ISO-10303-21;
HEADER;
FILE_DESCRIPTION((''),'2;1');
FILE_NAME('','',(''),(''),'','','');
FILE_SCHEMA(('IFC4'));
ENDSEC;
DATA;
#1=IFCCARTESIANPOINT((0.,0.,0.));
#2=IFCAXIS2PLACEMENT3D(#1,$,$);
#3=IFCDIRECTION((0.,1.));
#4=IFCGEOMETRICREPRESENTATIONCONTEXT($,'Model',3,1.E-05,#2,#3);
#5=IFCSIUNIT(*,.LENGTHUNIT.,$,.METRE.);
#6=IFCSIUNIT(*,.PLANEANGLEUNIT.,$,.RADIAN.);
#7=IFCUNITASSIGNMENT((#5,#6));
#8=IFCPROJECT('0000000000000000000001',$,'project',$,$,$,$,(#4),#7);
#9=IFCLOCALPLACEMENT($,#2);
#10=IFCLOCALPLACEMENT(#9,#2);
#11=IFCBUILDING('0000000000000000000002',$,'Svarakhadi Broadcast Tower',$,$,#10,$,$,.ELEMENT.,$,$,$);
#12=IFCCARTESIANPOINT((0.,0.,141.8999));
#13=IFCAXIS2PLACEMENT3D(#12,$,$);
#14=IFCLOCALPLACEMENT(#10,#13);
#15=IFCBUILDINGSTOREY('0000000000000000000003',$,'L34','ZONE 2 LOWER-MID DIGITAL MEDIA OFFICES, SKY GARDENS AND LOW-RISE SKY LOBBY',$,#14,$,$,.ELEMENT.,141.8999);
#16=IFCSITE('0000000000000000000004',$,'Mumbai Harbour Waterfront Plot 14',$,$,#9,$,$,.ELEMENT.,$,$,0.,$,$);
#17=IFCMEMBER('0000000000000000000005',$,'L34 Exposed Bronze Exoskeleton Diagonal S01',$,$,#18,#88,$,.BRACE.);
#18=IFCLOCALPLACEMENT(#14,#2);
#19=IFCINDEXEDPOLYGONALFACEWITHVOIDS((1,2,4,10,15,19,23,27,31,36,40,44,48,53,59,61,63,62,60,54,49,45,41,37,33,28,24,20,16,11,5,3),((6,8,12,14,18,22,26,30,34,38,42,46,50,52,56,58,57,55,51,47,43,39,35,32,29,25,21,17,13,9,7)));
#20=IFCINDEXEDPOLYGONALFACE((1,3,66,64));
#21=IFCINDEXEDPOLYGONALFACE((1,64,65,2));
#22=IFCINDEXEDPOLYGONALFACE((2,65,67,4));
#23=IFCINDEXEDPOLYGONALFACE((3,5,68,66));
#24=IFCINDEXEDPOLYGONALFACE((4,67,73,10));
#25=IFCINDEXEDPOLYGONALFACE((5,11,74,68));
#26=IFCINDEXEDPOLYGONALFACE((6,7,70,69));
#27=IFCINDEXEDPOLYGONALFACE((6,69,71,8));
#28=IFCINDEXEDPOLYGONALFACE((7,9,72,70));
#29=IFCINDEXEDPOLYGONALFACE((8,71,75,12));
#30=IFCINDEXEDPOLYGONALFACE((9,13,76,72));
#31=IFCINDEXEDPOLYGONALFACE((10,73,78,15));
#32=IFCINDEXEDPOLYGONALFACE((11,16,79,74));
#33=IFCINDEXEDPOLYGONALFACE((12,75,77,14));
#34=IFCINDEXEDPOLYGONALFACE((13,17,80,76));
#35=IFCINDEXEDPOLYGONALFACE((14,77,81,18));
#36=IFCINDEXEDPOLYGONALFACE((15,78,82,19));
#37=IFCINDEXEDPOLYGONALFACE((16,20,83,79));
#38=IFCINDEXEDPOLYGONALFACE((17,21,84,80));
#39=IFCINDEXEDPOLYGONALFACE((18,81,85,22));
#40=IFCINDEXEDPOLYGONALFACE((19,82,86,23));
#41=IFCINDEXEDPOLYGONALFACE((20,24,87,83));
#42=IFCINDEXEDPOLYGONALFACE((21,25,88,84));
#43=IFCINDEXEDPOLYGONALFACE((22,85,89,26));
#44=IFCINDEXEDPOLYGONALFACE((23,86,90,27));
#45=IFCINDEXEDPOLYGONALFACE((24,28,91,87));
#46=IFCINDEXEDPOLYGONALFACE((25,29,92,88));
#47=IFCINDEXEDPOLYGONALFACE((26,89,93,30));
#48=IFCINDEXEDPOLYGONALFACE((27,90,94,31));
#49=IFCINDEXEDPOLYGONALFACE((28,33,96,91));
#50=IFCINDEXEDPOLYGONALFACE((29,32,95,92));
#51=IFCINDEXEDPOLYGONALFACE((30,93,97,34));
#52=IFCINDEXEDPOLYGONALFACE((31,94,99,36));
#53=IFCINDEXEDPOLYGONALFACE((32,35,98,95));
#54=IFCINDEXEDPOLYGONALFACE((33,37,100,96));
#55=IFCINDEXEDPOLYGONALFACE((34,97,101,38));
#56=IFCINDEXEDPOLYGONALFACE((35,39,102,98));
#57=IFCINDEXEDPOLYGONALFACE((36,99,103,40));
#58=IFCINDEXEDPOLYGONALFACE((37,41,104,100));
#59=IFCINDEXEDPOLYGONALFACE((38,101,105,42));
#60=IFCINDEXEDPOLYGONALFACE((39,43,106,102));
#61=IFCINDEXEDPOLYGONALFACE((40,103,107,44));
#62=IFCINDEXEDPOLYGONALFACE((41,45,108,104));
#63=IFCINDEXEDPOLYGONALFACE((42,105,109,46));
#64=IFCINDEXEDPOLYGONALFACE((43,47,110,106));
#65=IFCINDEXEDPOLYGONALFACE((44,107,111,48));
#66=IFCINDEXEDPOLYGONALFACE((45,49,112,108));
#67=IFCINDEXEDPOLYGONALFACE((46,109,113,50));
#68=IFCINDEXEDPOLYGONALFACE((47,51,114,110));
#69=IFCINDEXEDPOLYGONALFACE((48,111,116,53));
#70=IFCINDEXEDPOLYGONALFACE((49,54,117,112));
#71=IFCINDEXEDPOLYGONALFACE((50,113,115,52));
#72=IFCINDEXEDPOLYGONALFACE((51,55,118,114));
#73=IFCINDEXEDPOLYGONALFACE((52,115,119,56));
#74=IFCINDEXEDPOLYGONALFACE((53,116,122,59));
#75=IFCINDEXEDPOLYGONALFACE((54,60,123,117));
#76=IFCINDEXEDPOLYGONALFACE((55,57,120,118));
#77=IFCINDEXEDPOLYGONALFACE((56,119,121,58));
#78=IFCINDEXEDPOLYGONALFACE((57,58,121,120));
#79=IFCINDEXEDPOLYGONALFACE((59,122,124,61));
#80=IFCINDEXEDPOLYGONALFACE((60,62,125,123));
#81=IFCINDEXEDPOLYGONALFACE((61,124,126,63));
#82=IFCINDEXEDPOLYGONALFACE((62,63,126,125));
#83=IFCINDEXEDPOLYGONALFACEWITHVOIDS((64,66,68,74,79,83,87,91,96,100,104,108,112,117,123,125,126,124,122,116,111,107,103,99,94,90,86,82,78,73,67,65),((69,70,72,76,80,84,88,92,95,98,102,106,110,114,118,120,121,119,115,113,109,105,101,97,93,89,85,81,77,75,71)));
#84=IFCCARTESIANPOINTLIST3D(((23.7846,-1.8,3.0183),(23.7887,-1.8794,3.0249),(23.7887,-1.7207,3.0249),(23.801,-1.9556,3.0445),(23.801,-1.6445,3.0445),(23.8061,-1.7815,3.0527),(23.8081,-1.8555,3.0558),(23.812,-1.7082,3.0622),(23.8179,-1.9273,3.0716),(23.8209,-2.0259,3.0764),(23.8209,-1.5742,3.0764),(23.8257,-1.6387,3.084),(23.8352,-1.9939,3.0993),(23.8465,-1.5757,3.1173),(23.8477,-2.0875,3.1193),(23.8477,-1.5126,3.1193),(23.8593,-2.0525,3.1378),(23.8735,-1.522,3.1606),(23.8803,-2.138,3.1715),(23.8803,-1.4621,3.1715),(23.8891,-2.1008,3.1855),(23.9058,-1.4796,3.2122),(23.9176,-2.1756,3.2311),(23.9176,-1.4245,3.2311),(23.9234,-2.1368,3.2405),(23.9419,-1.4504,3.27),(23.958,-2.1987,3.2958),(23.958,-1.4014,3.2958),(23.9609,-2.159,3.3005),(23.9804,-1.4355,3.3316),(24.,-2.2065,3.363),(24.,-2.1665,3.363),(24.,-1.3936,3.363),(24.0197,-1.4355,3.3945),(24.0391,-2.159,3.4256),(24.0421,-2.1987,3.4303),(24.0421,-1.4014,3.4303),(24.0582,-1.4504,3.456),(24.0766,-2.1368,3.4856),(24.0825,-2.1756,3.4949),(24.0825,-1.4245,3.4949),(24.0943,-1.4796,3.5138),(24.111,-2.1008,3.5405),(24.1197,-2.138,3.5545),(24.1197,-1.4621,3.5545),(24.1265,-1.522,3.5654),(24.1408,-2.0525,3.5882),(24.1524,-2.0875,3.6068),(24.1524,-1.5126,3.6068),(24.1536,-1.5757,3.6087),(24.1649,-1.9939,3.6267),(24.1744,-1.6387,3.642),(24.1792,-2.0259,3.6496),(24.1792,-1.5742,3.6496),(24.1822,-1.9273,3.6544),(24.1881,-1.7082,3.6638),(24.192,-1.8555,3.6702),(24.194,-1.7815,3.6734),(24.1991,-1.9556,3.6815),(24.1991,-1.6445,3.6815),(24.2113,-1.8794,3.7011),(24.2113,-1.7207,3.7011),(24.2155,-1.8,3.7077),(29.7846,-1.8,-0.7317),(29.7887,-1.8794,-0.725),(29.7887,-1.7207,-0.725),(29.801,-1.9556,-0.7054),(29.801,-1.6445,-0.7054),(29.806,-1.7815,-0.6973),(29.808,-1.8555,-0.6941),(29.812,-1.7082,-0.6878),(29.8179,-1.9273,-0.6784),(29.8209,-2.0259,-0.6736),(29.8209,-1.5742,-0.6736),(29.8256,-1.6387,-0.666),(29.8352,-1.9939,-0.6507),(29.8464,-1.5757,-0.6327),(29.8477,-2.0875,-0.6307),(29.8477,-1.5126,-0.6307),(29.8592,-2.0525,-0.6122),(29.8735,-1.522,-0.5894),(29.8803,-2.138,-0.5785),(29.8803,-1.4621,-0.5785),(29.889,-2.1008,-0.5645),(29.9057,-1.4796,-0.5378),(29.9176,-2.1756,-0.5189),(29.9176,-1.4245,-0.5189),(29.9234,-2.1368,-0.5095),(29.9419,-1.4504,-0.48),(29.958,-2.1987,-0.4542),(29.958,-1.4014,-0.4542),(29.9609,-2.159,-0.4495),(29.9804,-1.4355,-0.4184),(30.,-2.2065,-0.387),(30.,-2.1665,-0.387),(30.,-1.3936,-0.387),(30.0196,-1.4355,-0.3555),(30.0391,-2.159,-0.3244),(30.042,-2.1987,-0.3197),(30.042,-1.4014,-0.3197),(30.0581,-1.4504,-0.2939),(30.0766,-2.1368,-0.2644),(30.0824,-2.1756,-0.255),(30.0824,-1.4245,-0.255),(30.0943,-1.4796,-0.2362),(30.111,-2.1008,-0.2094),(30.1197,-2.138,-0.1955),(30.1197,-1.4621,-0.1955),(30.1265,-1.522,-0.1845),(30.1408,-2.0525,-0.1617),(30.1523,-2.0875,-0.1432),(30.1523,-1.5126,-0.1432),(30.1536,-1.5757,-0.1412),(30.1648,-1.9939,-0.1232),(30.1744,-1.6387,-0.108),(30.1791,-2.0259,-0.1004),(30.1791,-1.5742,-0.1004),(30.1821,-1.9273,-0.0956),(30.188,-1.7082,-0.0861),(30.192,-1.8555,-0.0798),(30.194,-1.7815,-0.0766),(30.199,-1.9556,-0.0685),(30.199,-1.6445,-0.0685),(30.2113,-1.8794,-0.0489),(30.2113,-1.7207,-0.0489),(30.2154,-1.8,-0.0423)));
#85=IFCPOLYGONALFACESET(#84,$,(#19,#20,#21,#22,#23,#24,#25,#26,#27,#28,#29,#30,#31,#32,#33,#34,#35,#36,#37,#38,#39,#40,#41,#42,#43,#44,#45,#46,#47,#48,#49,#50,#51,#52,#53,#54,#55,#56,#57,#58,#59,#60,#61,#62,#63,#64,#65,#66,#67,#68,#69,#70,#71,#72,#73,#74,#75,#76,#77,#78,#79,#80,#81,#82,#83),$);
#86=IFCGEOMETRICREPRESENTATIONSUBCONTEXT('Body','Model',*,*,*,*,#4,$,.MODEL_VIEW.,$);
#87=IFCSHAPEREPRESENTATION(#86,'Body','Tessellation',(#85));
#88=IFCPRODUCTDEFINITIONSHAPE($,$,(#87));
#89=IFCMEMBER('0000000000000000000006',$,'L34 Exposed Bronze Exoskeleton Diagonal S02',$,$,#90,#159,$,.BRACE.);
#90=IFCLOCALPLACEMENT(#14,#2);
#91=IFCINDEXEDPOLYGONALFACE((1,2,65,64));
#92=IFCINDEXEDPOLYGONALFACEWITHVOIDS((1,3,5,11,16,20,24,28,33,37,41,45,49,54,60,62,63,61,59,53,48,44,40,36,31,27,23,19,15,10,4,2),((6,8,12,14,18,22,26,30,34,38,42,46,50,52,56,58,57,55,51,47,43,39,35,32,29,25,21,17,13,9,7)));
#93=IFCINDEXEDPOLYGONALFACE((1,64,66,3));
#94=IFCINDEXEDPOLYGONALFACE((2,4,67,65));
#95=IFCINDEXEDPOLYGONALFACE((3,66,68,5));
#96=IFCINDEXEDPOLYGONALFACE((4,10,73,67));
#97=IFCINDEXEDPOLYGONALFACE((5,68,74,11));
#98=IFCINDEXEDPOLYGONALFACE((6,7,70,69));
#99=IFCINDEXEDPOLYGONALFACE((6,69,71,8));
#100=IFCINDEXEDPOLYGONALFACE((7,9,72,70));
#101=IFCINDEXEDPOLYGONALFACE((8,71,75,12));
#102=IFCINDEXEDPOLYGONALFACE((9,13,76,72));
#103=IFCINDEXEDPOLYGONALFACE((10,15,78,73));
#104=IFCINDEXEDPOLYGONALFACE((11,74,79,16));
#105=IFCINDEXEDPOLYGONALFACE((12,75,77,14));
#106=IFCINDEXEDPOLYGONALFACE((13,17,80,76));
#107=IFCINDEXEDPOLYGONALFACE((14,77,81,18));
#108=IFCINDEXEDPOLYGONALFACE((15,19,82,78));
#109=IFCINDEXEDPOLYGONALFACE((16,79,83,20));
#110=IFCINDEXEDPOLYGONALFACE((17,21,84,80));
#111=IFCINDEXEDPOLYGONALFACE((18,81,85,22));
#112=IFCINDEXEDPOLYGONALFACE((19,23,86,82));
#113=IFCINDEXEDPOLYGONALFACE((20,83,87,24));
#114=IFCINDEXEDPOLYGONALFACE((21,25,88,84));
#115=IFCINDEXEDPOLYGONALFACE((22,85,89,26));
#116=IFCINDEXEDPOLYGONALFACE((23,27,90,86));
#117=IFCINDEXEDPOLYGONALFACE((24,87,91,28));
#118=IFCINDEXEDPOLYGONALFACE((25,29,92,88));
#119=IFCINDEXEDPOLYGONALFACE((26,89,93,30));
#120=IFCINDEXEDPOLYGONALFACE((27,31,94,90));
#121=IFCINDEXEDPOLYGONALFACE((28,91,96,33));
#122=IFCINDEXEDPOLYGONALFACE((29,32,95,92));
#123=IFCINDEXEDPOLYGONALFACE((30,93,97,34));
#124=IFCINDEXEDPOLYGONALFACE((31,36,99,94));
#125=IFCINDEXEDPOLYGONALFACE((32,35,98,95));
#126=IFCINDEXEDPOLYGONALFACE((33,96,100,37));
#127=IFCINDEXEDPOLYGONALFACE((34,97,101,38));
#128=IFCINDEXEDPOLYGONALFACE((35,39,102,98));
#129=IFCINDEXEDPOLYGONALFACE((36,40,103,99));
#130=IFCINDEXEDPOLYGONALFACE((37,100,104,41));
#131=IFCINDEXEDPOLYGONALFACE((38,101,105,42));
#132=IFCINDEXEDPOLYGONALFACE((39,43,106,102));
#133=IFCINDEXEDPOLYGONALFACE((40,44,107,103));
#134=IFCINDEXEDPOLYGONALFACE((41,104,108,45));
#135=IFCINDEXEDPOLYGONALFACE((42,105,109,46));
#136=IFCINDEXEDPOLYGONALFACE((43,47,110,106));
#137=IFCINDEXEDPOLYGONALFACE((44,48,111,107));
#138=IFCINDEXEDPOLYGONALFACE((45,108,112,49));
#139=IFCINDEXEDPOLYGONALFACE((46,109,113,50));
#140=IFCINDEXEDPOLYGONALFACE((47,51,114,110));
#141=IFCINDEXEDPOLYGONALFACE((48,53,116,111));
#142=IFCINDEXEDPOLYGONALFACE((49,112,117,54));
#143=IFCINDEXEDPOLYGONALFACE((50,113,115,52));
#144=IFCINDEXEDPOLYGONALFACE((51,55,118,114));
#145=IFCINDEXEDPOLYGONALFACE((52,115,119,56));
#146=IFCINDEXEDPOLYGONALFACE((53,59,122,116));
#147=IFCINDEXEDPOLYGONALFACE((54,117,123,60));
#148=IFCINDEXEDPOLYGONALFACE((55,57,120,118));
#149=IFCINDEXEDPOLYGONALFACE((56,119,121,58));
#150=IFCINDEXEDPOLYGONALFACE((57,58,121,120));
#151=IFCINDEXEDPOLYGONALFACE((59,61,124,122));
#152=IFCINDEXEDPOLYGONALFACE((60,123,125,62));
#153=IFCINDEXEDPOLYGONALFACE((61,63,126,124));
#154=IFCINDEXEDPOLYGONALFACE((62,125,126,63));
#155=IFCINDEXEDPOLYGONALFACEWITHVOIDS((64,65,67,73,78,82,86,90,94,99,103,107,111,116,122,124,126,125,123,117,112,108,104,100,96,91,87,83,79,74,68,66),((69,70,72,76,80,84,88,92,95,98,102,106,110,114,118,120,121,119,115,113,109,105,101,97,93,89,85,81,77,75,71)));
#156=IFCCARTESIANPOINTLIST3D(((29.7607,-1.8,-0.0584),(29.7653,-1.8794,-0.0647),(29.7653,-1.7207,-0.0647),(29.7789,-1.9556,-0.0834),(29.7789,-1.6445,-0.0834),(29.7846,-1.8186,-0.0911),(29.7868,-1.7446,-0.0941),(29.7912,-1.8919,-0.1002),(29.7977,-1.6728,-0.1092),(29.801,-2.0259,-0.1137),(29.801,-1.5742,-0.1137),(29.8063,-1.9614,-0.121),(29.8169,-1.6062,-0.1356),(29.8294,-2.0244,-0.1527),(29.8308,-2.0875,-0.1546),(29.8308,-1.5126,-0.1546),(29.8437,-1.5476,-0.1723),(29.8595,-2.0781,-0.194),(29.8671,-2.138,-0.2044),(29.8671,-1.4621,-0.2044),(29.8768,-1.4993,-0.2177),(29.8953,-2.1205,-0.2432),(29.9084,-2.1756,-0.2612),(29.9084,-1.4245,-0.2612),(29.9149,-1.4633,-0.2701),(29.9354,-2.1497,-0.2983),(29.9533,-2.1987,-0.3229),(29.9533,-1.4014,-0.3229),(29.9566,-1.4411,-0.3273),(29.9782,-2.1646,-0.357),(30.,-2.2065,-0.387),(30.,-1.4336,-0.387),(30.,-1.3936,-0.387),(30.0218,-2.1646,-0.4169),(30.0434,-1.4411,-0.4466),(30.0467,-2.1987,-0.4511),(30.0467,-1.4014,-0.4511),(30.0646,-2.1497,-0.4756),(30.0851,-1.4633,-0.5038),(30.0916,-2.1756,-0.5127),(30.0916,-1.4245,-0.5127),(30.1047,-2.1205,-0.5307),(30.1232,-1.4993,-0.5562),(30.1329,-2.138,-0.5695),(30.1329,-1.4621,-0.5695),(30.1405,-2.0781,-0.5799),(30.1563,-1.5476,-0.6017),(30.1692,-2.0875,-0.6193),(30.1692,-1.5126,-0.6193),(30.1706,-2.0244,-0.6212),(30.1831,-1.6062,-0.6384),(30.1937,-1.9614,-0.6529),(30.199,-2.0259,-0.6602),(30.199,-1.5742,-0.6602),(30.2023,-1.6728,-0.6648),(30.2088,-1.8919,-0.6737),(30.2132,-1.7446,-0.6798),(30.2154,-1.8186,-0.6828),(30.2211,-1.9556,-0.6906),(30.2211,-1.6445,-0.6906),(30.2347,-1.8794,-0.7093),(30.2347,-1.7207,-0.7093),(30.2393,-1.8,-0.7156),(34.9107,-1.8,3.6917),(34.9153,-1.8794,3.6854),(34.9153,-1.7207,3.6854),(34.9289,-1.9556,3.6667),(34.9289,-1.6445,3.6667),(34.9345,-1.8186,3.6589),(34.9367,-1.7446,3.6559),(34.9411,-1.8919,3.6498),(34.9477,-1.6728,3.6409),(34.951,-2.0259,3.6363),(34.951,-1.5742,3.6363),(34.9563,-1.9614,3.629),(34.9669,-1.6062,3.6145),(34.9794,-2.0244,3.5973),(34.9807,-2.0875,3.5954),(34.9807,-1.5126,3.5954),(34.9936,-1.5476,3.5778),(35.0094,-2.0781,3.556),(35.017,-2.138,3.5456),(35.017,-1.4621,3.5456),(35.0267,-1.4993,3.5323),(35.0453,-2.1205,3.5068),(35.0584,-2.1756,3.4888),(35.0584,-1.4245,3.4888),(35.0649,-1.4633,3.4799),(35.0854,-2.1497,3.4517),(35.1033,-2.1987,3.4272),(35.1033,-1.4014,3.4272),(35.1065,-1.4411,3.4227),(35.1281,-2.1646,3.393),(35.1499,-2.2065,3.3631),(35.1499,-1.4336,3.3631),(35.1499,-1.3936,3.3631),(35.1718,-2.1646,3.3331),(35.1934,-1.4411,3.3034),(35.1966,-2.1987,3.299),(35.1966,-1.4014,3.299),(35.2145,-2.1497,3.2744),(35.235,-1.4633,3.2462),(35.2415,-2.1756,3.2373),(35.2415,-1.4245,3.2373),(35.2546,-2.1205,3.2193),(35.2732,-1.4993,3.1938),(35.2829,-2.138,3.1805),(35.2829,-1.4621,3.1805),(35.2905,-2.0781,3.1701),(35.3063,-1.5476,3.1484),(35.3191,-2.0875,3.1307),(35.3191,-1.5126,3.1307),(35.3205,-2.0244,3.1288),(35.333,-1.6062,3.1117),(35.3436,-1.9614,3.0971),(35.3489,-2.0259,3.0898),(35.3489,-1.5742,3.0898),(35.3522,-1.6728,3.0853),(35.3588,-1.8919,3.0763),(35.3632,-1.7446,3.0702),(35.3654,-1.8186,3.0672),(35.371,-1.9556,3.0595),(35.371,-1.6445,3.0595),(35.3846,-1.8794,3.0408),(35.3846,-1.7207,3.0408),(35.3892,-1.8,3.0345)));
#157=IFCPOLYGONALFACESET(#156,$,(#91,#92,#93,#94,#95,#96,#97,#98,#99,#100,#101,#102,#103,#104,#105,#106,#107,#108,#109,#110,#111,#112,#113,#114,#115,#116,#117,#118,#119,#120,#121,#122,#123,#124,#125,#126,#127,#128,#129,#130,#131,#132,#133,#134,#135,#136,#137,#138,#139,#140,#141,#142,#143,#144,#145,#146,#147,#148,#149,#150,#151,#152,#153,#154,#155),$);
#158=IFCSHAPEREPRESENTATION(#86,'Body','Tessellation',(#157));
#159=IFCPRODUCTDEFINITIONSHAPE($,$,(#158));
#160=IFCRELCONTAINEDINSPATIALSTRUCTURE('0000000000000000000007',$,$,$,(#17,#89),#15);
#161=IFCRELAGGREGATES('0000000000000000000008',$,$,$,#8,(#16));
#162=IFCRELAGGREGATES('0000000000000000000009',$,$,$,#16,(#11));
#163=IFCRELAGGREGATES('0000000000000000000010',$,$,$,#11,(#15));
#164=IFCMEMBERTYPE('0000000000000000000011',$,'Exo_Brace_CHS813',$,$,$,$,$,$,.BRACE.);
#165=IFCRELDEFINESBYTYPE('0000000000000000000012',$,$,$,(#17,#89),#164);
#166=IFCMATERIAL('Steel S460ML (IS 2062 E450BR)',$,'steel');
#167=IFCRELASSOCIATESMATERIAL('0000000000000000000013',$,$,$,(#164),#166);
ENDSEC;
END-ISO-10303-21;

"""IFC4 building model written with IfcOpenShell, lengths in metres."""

from ifc_helpers import new_model, si_unit, direction, frame, origin, origin_2d, place, context, subcontext, project, spatial, hollow_circle, extrude, material, material_profile, profile_set, type_object, element, save


model = new_model("IFC4")

# Units and contexts
model_context = context("Model", 3, precision=1e-05, world=origin(), true_north=direction((0.0, 1.0)))
body_context = subcontext(model_context, "Body", "Model", "MODEL_VIEW")
ifc_project = project(units=[si_unit("LENGTHUNIT", "METRE"), si_unit("PLANEANGLEUNIT", "RADIAN")], contexts=[model_context])

# Site, building, storey
site_placement = place(None, origin())
site = spatial("IfcSite", under=ifc_project, at=site_placement, Name="Mumbai Harbour Waterfront Plot 14", CompositionType="ELEMENT", RefElevation=0.0)
building_placement = place(site_placement, origin())
building = spatial("IfcBuilding", under=site, at=building_placement, Name="Svarakhadi Broadcast Tower", CompositionType="ELEMENT")
storey_placement = place(building_placement, frame((0.0, 0.0, 141.8999)))
storey = spatial("IfcBuildingStorey", under=building, at=storey_placement, Name="L34", Description="ZONE 2 LOWER-MID DIGITAL MEDIA OFFICES, SKY GARDENS AND LOW-RISE SKY LOBBY", CompositionType="ELEMENT", Elevation=141.8999)

# Members
ifc_material_1 = material(Name="Steel S460ML (IS 2062 E450BR)", Category="steel")
ifc_material_profile_1 = material_profile(ifc_material_1, hollow_circle(Radius=0.4065, WallThickness=0.04, at=origin_2d()), Name="CHS 813x40")
ifc_profile_set_1 = profile_set([ifc_material_profile_1], Name="Steel S460ML (IS 2062 E450BR)")
member_type_1 = type_object("IfcMemberType", Name="Exo_Brace_CHS813", PredefinedType="BRACE", material=ifc_profile_set_1)
member_1_placement = place(storey_placement, frame((30.0, -1.8, -0.387), z_axis=(-0.847998, 0.0, 0.529999), x_axis=(0.0, -1.0, 0.0)))
element("IfcMember", 1, at=member_1_placement, inside=storey, type_object=member_type_1, Name="L34 Exposed Bronze Exoskeleton Diagonal S01", PredefinedType="BRACE", context=body_context, shape_type="SweptSolid", body=[
    extrude(hollow_circle(Radius=0.4065, WallThickness=0.04, at=origin_2d()), origin(), (0.0, 0.0, 1.0), 7.0754),
])
member_2_placement = place(storey_placement, frame((30.0, -1.8, -0.387), z_axis=(0.808391, 0.0, 0.588646), x_axis=(0.0, 1.0, 0.0)))
element("IfcMember", 2, at=member_2_placement, inside=storey, type_object=member_type_1, Name="L34 Exposed Bronze Exoskeleton Diagonal S02", PredefinedType="BRACE", context=body_context, shape_type="SweptSolid", body=[
    extrude(hollow_circle(Radius=0.4065, WallThickness=0.04, at=origin_2d()), origin(), (0.0, 0.0, 1.0), 6.3706),
])

save(model, "model.ifc")
